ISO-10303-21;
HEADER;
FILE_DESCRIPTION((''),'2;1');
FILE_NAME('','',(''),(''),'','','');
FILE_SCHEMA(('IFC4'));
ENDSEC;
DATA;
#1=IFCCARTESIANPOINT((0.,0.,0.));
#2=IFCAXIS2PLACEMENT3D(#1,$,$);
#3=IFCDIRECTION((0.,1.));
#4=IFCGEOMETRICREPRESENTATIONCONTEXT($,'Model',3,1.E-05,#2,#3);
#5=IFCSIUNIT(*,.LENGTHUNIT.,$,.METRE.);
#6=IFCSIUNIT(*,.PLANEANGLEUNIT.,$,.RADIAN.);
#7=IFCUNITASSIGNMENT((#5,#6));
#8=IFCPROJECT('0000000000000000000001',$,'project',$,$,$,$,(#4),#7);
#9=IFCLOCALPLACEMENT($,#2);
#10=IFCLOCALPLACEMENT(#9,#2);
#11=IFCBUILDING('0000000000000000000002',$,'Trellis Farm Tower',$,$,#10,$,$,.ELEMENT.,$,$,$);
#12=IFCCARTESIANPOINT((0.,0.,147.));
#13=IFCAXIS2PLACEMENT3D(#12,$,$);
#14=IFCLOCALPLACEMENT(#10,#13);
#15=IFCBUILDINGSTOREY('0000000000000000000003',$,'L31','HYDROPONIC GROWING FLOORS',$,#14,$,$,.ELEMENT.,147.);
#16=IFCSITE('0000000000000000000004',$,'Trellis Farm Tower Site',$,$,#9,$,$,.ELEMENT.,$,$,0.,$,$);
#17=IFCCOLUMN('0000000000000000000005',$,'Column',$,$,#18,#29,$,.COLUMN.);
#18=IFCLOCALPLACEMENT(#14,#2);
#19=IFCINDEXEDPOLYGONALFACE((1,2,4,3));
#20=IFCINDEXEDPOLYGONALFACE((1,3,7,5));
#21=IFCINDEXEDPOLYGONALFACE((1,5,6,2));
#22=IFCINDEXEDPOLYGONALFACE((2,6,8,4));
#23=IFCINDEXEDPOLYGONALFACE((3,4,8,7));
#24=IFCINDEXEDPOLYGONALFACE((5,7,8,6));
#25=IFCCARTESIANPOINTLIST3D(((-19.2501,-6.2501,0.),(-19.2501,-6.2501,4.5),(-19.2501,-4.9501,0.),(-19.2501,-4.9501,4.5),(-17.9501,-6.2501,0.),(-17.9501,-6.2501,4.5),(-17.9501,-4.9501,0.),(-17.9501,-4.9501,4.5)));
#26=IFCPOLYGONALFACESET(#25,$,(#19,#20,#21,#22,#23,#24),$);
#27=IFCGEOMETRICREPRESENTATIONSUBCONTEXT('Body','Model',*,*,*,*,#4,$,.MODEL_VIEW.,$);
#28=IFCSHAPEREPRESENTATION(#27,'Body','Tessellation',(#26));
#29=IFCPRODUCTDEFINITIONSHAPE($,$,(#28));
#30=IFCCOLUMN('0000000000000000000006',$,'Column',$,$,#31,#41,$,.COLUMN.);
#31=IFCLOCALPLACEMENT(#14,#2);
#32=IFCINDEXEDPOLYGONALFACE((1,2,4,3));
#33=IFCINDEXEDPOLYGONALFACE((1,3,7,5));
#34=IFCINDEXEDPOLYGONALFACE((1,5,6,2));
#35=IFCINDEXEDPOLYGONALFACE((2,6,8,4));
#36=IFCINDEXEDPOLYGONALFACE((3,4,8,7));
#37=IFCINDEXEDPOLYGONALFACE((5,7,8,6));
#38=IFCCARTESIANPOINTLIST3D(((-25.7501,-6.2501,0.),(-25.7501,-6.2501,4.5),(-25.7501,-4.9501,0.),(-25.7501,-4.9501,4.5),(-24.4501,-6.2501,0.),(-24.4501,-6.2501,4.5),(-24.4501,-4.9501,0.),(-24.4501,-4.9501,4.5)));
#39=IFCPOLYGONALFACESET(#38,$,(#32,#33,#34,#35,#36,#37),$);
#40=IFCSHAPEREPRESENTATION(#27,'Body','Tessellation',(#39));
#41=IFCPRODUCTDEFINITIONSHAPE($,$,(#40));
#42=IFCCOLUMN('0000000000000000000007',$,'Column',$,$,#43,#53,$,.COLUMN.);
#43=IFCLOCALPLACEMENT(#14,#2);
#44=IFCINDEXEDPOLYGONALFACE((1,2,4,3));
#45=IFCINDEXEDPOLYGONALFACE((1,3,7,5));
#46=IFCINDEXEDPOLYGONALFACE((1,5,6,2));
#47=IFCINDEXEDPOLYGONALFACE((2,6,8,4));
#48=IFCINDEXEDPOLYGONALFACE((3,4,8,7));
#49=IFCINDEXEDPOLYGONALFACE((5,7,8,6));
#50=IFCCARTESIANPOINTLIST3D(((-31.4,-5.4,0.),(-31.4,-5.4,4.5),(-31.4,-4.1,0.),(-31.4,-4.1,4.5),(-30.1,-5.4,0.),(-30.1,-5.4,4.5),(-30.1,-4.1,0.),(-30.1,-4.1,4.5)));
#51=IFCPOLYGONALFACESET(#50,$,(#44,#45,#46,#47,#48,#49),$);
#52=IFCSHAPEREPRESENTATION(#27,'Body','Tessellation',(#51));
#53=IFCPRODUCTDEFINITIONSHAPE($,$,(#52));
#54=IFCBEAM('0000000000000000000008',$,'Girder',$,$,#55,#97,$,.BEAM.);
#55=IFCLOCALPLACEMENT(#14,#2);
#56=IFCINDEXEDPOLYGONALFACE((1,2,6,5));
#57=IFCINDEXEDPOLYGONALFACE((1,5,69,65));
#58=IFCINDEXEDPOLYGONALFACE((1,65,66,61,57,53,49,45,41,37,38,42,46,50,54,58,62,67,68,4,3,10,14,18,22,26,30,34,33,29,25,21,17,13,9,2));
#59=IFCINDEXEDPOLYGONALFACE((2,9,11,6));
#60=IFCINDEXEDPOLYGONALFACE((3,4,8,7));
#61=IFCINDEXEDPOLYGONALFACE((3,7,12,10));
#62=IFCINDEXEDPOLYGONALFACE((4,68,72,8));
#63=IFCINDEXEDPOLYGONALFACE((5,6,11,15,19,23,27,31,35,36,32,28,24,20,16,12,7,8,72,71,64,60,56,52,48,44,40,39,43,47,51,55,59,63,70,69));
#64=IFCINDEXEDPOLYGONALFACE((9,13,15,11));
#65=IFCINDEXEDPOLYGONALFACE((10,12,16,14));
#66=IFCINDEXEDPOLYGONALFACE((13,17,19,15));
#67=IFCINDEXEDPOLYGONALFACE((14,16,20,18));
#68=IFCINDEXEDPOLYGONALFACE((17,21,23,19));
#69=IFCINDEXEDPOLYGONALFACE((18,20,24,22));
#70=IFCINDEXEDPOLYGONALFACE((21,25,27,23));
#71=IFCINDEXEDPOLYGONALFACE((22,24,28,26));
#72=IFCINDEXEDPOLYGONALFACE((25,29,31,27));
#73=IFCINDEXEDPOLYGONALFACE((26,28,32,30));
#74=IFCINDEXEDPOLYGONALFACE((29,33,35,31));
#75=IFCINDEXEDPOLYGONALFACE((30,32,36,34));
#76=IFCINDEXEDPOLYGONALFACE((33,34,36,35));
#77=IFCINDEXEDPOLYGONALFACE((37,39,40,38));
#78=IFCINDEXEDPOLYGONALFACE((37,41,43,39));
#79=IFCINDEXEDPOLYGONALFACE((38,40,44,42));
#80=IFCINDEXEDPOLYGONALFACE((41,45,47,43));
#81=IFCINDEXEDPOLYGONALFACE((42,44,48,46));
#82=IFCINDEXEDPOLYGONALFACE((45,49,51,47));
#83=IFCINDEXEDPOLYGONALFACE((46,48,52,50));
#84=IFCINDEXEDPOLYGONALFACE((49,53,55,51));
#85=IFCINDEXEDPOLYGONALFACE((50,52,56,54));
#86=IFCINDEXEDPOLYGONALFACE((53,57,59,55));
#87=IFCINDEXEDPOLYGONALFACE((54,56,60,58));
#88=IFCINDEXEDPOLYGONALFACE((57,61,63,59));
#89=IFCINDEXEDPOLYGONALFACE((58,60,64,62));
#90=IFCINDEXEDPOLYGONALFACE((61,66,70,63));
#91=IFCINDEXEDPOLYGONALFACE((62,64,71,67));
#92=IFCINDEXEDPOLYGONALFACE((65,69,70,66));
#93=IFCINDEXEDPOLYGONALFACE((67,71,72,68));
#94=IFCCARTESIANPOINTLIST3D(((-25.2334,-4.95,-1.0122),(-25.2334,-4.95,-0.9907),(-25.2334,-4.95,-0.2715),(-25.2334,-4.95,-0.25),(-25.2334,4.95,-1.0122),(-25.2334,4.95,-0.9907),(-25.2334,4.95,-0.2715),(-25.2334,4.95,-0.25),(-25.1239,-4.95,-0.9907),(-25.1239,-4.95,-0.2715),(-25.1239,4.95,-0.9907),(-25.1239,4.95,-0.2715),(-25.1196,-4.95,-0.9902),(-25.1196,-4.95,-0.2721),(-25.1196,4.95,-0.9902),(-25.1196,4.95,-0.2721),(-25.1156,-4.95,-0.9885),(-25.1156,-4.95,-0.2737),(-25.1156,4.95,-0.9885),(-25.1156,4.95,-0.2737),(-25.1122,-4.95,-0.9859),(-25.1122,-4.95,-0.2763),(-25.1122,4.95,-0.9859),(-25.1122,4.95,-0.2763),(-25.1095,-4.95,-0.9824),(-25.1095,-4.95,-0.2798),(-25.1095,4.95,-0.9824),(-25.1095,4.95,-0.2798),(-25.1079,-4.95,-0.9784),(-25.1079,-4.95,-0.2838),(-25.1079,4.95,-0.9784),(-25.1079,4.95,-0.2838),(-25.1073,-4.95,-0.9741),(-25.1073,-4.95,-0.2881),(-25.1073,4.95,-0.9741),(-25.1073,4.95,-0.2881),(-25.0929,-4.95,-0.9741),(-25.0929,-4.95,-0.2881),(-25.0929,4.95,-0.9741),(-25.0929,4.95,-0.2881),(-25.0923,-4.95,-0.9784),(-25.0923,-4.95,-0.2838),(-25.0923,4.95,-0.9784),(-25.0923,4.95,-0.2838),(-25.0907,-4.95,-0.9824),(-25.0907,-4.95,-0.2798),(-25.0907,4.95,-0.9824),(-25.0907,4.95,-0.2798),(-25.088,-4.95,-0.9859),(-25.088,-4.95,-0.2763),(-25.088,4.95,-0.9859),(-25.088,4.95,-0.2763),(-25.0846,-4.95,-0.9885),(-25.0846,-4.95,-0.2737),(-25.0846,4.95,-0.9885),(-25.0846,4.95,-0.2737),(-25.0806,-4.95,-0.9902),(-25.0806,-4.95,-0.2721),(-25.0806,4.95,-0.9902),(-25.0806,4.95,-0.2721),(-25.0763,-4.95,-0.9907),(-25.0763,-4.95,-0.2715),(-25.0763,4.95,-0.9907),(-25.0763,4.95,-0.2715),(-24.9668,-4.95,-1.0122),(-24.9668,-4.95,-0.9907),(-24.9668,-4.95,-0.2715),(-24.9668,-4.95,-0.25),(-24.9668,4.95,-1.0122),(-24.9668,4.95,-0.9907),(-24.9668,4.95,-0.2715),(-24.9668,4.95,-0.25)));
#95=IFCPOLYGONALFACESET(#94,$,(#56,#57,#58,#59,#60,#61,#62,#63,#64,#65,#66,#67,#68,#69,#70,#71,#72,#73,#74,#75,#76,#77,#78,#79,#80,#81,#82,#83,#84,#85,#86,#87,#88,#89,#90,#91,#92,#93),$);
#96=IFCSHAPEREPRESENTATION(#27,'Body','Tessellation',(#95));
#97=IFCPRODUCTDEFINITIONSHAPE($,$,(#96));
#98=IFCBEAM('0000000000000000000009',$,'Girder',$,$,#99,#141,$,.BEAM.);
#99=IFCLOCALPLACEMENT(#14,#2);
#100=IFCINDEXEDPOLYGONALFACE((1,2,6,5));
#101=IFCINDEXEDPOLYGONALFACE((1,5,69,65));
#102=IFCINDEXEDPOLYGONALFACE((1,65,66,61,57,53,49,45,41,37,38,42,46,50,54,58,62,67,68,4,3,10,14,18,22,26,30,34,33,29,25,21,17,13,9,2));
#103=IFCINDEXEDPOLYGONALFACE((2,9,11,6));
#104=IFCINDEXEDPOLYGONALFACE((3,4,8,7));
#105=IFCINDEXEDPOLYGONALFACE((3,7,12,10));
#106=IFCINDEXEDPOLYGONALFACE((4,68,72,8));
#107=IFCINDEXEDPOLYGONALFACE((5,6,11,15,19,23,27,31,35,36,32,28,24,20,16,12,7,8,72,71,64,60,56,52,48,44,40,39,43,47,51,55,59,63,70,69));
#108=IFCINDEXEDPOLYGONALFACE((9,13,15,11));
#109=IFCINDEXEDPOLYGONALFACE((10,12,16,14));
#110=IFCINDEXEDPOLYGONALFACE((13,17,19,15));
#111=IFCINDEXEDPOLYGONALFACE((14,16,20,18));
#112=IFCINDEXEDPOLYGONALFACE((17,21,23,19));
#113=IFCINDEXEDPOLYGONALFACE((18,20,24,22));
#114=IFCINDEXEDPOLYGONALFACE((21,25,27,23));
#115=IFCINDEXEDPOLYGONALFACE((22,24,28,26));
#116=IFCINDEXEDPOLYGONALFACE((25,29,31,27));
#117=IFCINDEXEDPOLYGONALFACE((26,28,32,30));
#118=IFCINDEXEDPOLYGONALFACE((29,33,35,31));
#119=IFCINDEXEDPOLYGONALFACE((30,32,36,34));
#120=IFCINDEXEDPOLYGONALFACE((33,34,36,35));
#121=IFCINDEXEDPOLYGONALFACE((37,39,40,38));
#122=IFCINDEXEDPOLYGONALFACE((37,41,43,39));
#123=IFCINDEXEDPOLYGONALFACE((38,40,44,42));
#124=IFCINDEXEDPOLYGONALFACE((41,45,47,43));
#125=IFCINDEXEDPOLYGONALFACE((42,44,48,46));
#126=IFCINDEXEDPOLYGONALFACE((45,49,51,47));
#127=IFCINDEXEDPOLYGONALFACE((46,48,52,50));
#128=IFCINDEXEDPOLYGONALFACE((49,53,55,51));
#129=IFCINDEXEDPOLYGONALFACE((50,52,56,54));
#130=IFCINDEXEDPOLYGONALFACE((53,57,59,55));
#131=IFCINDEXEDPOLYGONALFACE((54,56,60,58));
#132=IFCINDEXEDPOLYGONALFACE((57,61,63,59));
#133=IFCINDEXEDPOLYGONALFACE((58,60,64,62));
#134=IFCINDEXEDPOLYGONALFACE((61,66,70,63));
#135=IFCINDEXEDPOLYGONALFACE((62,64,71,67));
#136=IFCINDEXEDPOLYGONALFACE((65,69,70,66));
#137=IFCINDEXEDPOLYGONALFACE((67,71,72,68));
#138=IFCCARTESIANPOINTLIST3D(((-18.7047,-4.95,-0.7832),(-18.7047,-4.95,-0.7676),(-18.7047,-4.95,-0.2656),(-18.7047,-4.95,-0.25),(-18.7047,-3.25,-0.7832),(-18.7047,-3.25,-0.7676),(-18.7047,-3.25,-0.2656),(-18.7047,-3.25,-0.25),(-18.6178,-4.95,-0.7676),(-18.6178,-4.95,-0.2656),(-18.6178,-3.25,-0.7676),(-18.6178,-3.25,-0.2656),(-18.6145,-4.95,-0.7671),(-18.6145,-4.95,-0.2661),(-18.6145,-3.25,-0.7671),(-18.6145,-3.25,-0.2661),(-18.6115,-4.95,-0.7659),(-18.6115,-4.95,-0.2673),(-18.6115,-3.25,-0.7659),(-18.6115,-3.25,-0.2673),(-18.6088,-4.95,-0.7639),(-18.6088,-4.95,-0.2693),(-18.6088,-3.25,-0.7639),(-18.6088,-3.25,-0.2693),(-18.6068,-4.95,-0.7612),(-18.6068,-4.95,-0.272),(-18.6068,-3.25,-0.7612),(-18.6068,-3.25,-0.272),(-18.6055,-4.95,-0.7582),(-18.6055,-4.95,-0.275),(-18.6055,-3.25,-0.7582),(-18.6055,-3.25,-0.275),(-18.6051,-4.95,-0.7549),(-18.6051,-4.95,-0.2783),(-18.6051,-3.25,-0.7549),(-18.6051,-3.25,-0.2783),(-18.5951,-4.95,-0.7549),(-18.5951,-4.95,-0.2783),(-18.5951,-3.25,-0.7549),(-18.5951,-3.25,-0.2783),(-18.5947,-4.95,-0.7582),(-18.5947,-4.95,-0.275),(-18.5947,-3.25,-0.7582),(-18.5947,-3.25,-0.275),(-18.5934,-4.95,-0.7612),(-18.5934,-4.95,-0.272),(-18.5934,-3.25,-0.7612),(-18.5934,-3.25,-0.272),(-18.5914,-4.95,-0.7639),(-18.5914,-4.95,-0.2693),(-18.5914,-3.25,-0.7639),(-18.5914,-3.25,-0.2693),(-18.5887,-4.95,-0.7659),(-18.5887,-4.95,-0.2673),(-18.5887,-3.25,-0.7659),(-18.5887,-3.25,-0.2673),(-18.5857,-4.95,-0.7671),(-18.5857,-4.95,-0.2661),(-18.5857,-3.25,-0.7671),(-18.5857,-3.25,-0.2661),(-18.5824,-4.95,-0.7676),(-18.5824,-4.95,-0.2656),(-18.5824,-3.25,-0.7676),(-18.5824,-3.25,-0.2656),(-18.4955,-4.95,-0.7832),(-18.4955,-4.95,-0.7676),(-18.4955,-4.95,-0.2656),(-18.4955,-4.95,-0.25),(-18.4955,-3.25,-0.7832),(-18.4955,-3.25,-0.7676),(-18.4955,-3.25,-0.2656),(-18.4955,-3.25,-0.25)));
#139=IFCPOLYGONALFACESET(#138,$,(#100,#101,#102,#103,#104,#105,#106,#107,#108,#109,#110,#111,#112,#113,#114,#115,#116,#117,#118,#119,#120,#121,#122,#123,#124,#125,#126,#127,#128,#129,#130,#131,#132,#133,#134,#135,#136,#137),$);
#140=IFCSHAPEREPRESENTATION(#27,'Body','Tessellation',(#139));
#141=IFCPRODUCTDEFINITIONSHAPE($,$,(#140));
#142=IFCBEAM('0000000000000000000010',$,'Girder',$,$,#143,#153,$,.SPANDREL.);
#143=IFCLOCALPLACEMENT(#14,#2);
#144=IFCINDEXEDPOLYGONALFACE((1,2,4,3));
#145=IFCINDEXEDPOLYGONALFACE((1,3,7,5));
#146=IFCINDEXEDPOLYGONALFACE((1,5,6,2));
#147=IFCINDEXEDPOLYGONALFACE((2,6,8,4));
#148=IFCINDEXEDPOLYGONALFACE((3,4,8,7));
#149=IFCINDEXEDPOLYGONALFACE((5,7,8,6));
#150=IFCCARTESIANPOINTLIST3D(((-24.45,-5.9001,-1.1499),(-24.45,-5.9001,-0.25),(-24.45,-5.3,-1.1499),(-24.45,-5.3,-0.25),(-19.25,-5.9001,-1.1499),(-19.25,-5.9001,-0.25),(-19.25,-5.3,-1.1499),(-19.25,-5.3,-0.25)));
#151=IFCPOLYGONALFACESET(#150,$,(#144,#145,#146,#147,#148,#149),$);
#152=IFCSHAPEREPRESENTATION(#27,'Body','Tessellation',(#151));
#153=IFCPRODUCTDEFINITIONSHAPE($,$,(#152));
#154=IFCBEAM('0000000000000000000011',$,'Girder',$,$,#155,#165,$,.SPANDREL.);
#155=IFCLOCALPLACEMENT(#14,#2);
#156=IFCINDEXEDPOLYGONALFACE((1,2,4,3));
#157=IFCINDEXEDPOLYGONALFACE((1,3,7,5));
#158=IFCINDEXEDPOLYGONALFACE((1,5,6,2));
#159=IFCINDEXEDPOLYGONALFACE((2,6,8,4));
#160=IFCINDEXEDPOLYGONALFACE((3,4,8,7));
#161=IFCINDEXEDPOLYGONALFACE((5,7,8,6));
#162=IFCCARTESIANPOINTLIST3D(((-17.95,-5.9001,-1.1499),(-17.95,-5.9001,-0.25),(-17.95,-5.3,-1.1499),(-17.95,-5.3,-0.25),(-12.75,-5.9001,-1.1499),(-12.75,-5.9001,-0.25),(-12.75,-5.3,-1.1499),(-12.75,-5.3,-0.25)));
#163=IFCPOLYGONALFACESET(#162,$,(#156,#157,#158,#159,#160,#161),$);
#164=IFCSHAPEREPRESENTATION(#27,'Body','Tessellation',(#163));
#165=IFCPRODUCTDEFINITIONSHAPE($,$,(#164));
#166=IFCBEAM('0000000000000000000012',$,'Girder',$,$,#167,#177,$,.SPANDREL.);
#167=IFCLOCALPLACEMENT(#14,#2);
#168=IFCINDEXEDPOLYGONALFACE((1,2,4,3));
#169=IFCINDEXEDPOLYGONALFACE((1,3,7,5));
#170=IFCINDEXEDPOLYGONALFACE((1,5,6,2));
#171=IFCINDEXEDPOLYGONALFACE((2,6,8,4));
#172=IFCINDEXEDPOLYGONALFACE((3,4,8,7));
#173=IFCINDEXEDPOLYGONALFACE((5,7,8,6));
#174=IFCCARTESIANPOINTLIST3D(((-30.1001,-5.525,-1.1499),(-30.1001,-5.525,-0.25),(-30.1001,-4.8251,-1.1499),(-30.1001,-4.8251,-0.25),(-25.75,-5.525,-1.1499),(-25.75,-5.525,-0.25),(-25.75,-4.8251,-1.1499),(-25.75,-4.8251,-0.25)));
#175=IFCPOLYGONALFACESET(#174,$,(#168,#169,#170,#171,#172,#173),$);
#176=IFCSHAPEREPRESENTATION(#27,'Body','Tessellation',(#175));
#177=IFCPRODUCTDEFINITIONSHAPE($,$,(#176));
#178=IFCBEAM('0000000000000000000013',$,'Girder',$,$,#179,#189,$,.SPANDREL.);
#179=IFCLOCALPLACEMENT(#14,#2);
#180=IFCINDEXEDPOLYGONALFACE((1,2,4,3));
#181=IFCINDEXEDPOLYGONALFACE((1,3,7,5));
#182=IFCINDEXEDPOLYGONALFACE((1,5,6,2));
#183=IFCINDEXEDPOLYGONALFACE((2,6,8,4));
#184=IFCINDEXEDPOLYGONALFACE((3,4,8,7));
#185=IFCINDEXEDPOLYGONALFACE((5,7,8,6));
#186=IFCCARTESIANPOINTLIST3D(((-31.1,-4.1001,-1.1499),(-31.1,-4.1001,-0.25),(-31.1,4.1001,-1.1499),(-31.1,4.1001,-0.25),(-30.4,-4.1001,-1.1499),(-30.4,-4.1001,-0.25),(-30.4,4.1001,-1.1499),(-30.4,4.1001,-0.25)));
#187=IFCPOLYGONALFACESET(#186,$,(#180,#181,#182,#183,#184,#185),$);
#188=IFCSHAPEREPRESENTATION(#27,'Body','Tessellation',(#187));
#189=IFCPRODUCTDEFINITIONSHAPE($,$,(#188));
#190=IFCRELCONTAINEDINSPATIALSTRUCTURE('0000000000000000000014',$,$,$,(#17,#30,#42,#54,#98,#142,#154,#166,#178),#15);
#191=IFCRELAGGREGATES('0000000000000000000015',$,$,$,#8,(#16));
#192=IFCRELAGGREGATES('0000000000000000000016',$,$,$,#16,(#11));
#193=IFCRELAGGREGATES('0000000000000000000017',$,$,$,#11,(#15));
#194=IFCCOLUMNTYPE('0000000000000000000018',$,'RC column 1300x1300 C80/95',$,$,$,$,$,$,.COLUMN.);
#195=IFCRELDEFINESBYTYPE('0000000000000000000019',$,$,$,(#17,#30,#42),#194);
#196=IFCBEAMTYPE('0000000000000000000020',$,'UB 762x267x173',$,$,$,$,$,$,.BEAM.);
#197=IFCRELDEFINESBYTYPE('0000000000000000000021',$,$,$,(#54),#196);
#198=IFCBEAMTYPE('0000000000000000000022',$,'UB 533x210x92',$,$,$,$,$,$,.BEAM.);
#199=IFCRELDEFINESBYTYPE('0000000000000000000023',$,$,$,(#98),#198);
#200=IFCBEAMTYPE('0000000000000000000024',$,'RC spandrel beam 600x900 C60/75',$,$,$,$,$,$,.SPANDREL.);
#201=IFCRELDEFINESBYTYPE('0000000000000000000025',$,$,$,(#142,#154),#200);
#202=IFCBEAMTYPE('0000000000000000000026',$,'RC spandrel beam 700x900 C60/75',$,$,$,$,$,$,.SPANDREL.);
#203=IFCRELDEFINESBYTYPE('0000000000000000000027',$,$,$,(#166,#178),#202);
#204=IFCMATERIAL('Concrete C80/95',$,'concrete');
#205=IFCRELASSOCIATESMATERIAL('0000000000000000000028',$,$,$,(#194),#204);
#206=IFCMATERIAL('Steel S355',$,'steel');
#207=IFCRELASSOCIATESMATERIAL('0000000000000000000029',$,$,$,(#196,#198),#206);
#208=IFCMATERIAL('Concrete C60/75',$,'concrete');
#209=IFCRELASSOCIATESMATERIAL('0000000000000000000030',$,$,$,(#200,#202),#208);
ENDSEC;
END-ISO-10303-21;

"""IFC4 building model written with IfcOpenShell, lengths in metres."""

from ifc_helpers import new_model, si_unit, direction, frame, origin, origin_2d, place, context, subcontext, project, spatial, rectangle, i_section, extrude, source, transform, mapped, material, material_profile, profile_set, type_object, element, save


model = new_model("IFC4")

# Units and contexts
model_context = context("Model", 3, precision=1e-05, world=origin(), true_north=direction((0.0, 1.0)))
body_context = subcontext(model_context, "Body", "Model", "MODEL_VIEW")
ifc_project = project(units=[si_unit("LENGTHUNIT", "METRE"), si_unit("PLANEANGLEUNIT", "RADIAN")], contexts=[model_context])

# Site, building, storey
site_placement = place(None, origin())
site = spatial("IfcSite", under=ifc_project, at=site_placement, Name="Trellis Farm Tower Site", CompositionType="ELEMENT", RefElevation=0.0)
building_placement = place(site_placement, origin())
building = spatial("IfcBuilding", under=site, at=building_placement, Name="Trellis Farm Tower", CompositionType="ELEMENT")
storey_placement = place(building_placement, frame((0.0, 0.0, 147.0)))
storey = spatial("IfcBuildingStorey", under=building, at=storey_placement, Name="L31", Description="HYDROPONIC GROWING FLOORS", CompositionType="ELEMENT", Elevation=147.0)

# Columns
ifc_material_1 = material(Name="Concrete C80/95", Category="concrete")
ifc_material_profile_1 = material_profile(ifc_material_1, rectangle(XDim=1.3, YDim=1.3, at=origin_2d()), Name="RC column 1300x1300 C80/95")
ifc_profile_set_1 = profile_set([ifc_material_profile_1], Name="Concrete C80/95")
column_type = type_object("IfcColumnType", Name="RC column 1300x1300 C80/95", PredefinedType="COLUMN", material=ifc_profile_set_1)
shared_shape_1 = source(origin(), body_context, "Body", "SweptSolid", [
    extrude(rectangle(XDim=1.3, YDim=1.3, at=origin_2d()), origin(), (0.0, 0.0, 1.0), 4.5),
])
for number, where, z_axis, x_axis, name in (
    (1, (-18.6001, -5.6001, 0.0), (0.0, 0.0, 1.0), (1.0, 0.0, 0.0), "Column"),
    (2, (-25.1001, -5.6001, 0.0), (0.0, 0.0, 1.0), (1.0, 0.0, 0.0), "Column"),
    (3, (-30.75, -4.75, 0.0), (0.0, 0.0, 1.0), (1.0, 0.0, 0.0), "Column"),
):
    element("IfcColumn", number, at=place(storey_placement, frame(where, z_axis=z_axis, x_axis=x_axis)), inside=storey, type_object=column_type, Name=name, PredefinedType="COLUMN", context=body_context, shape_type="MappedRepresentation", body=[
        mapped(shared_shape_1, transform((0.0, 0.0, 0.0))),
    ])

# Beams
ifc_material_2 = material(Name="Steel S355", Category="steel")
ifc_material_profile_2 = material_profile(ifc_material_2, i_section(OverallWidth=0.2666, OverallDepth=0.7622, WebThickness=0.0144, FlangeThickness=0.0215, FilletRadius=0.0166, at=origin_2d()), Name="UB 762x267x173")
ifc_profile_set_2 = profile_set([ifc_material_profile_2], Name="Steel S355")
beam_type_1 = type_object("IfcBeamType", Name="UB 762x267x173", PredefinedType="BEAM", material=ifc_profile_set_2)
shared_shape_2 = source(origin(), body_context, "Body", "SweptSolid", [
    extrude(i_section(OverallWidth=0.2666, OverallDepth=0.7622, WebThickness=0.0144, FlangeThickness=0.0215, FilletRadius=0.0166, at=origin_2d()), origin(), (0.0, 0.0, 1.0), 9.8999),
])
beam_1_placement = place(storey_placement, frame((-25.1001, -4.95, -0.6311), z_axis=(0.0, 1.0, 0.0), x_axis=(-1.0, 0.0, 0.0)))
element("IfcBeam", 4, at=beam_1_placement, inside=storey, type_object=beam_type_1, Name="Girder", PredefinedType="BEAM", context=body_context, shape_type="MappedRepresentation", body=[
    mapped(shared_shape_2, transform((0.0, 0.0, 0.0))),
])
ifc_material_profile_3 = material_profile(ifc_material_2, i_section(OverallWidth=0.2092, OverallDepth=0.5332, WebThickness=0.01, FlangeThickness=0.0156, FilletRadius=0.0127, at=origin_2d()), Name="UB 533x210x92")
ifc_profile_set_3 = profile_set([ifc_material_profile_3], Name="Steel S355")
beam_type_2 = type_object("IfcBeamType", Name="UB 533x210x92", PredefinedType="BEAM", material=ifc_profile_set_3)
shared_shape_3 = source(origin(), body_context, "Body", "SweptSolid", [
    extrude(i_section(OverallWidth=0.2092, OverallDepth=0.5332, WebThickness=0.01, FlangeThickness=0.0156, FilletRadius=0.0127, at=origin_2d()), origin(), (0.0, 0.0, 1.0), 1.7),
])
beam_2_placement = place(storey_placement, frame((-18.6001, -4.95, -0.5166), z_axis=(0.0, 1.0, 0.0), x_axis=(-1.0, 0.0, 0.0)))
element("IfcBeam", 5, at=beam_2_placement, inside=storey, type_object=beam_type_2, Name="Girder", PredefinedType="BEAM", context=body_context, shape_type="MappedRepresentation", body=[
    mapped(shared_shape_3, transform((0.0, 0.0, 0.0))),
])
ifc_material_3 = material(Name="Concrete C60/75", Category="concrete")
ifc_material_profile_4 = material_profile(ifc_material_3, rectangle(XDim=0.6001, YDim=0.8999, at=origin_2d()), Name="RC spandrel beam 600x900 C60/75")
ifc_profile_set_4 = profile_set([ifc_material_profile_4], Name="Concrete C60/75")
beam_type_3 = type_object("IfcBeamType", Name="RC spandrel beam 600x900 C60/75", PredefinedType="SPANDREL", material=ifc_profile_set_4)
shared_shape_4 = source(origin(), body_context, "Body", "SweptSolid", [
    extrude(rectangle(XDim=0.6001, YDim=0.8999, at=origin_2d()), origin(), (0.0, 0.0, 1.0), 5.2),
])
for number, where, z_axis, x_axis, name in (
    (6, (-24.45, -5.6001, -0.7), (1.0, 0.0, 0.0), (0.0, 1.0, 0.0), "Girder"),
    (7, (-17.95, -5.6001, -0.7), (1.0, 0.0, 0.0), (0.0, 1.0, 0.0), "Girder"),
):
    element("IfcBeam", number, at=place(storey_placement, frame(where, z_axis=z_axis, x_axis=x_axis)), inside=storey, type_object=beam_type_3, Name=name, PredefinedType="SPANDREL", context=body_context, shape_type="MappedRepresentation", body=[
        mapped(shared_shape_4, transform((0.0, 0.0, 0.0))),
    ])
ifc_material_profile_5 = material_profile(ifc_material_3, rectangle(XDim=0.7, YDim=0.8999, at=origin_2d()), Name="RC spandrel beam 700x900 C60/75")
ifc_profile_set_5 = profile_set([ifc_material_profile_5], Name="Concrete C60/75")
beam_type_4 = type_object("IfcBeamType", Name="RC spandrel beam 700x900 C60/75", PredefinedType="SPANDREL", material=ifc_profile_set_5)
shared_shape_5 = source(origin(), body_context, "Body", "SweptSolid", [
    extrude(rectangle(XDim=0.7, YDim=0.8999, at=origin_2d()), origin(), (0.0, 0.0, 1.0), 4.3501),
])
beam_3_placement = place(storey_placement, frame((-30.1001, -5.175, -0.7), z_axis=(1.0, 0.0, 0.0), x_axis=(0.0, 1.0, 0.0)))
element("IfcBeam", 8, at=beam_3_placement, inside=storey, type_object=beam_type_4, Name="Girder", PredefinedType="SPANDREL", context=body_context, shape_type="MappedRepresentation", body=[
    mapped(shared_shape_5, transform((0.0, 0.0, 0.0))),
])
shared_shape_6 = source(origin(), body_context, "Body", "SweptSolid", [
    extrude(rectangle(XDim=0.7, YDim=0.8999, at=origin_2d()), origin(), (0.0, 0.0, 1.0), 8.2002),
])
beam_4_placement = place(storey_placement, frame((-30.75, -4.1001, -0.7), z_axis=(0.0, 1.0, 0.0), x_axis=(-1.0, 0.0, 0.0)))
element("IfcBeam", 9, at=beam_4_placement, inside=storey, type_object=beam_type_4, Name="Girder", PredefinedType="SPANDREL", context=body_context, shape_type="MappedRepresentation", body=[
    mapped(shared_shape_6, transform((0.0, 0.0, 0.0))),
])

save(model, "model.ifc")
